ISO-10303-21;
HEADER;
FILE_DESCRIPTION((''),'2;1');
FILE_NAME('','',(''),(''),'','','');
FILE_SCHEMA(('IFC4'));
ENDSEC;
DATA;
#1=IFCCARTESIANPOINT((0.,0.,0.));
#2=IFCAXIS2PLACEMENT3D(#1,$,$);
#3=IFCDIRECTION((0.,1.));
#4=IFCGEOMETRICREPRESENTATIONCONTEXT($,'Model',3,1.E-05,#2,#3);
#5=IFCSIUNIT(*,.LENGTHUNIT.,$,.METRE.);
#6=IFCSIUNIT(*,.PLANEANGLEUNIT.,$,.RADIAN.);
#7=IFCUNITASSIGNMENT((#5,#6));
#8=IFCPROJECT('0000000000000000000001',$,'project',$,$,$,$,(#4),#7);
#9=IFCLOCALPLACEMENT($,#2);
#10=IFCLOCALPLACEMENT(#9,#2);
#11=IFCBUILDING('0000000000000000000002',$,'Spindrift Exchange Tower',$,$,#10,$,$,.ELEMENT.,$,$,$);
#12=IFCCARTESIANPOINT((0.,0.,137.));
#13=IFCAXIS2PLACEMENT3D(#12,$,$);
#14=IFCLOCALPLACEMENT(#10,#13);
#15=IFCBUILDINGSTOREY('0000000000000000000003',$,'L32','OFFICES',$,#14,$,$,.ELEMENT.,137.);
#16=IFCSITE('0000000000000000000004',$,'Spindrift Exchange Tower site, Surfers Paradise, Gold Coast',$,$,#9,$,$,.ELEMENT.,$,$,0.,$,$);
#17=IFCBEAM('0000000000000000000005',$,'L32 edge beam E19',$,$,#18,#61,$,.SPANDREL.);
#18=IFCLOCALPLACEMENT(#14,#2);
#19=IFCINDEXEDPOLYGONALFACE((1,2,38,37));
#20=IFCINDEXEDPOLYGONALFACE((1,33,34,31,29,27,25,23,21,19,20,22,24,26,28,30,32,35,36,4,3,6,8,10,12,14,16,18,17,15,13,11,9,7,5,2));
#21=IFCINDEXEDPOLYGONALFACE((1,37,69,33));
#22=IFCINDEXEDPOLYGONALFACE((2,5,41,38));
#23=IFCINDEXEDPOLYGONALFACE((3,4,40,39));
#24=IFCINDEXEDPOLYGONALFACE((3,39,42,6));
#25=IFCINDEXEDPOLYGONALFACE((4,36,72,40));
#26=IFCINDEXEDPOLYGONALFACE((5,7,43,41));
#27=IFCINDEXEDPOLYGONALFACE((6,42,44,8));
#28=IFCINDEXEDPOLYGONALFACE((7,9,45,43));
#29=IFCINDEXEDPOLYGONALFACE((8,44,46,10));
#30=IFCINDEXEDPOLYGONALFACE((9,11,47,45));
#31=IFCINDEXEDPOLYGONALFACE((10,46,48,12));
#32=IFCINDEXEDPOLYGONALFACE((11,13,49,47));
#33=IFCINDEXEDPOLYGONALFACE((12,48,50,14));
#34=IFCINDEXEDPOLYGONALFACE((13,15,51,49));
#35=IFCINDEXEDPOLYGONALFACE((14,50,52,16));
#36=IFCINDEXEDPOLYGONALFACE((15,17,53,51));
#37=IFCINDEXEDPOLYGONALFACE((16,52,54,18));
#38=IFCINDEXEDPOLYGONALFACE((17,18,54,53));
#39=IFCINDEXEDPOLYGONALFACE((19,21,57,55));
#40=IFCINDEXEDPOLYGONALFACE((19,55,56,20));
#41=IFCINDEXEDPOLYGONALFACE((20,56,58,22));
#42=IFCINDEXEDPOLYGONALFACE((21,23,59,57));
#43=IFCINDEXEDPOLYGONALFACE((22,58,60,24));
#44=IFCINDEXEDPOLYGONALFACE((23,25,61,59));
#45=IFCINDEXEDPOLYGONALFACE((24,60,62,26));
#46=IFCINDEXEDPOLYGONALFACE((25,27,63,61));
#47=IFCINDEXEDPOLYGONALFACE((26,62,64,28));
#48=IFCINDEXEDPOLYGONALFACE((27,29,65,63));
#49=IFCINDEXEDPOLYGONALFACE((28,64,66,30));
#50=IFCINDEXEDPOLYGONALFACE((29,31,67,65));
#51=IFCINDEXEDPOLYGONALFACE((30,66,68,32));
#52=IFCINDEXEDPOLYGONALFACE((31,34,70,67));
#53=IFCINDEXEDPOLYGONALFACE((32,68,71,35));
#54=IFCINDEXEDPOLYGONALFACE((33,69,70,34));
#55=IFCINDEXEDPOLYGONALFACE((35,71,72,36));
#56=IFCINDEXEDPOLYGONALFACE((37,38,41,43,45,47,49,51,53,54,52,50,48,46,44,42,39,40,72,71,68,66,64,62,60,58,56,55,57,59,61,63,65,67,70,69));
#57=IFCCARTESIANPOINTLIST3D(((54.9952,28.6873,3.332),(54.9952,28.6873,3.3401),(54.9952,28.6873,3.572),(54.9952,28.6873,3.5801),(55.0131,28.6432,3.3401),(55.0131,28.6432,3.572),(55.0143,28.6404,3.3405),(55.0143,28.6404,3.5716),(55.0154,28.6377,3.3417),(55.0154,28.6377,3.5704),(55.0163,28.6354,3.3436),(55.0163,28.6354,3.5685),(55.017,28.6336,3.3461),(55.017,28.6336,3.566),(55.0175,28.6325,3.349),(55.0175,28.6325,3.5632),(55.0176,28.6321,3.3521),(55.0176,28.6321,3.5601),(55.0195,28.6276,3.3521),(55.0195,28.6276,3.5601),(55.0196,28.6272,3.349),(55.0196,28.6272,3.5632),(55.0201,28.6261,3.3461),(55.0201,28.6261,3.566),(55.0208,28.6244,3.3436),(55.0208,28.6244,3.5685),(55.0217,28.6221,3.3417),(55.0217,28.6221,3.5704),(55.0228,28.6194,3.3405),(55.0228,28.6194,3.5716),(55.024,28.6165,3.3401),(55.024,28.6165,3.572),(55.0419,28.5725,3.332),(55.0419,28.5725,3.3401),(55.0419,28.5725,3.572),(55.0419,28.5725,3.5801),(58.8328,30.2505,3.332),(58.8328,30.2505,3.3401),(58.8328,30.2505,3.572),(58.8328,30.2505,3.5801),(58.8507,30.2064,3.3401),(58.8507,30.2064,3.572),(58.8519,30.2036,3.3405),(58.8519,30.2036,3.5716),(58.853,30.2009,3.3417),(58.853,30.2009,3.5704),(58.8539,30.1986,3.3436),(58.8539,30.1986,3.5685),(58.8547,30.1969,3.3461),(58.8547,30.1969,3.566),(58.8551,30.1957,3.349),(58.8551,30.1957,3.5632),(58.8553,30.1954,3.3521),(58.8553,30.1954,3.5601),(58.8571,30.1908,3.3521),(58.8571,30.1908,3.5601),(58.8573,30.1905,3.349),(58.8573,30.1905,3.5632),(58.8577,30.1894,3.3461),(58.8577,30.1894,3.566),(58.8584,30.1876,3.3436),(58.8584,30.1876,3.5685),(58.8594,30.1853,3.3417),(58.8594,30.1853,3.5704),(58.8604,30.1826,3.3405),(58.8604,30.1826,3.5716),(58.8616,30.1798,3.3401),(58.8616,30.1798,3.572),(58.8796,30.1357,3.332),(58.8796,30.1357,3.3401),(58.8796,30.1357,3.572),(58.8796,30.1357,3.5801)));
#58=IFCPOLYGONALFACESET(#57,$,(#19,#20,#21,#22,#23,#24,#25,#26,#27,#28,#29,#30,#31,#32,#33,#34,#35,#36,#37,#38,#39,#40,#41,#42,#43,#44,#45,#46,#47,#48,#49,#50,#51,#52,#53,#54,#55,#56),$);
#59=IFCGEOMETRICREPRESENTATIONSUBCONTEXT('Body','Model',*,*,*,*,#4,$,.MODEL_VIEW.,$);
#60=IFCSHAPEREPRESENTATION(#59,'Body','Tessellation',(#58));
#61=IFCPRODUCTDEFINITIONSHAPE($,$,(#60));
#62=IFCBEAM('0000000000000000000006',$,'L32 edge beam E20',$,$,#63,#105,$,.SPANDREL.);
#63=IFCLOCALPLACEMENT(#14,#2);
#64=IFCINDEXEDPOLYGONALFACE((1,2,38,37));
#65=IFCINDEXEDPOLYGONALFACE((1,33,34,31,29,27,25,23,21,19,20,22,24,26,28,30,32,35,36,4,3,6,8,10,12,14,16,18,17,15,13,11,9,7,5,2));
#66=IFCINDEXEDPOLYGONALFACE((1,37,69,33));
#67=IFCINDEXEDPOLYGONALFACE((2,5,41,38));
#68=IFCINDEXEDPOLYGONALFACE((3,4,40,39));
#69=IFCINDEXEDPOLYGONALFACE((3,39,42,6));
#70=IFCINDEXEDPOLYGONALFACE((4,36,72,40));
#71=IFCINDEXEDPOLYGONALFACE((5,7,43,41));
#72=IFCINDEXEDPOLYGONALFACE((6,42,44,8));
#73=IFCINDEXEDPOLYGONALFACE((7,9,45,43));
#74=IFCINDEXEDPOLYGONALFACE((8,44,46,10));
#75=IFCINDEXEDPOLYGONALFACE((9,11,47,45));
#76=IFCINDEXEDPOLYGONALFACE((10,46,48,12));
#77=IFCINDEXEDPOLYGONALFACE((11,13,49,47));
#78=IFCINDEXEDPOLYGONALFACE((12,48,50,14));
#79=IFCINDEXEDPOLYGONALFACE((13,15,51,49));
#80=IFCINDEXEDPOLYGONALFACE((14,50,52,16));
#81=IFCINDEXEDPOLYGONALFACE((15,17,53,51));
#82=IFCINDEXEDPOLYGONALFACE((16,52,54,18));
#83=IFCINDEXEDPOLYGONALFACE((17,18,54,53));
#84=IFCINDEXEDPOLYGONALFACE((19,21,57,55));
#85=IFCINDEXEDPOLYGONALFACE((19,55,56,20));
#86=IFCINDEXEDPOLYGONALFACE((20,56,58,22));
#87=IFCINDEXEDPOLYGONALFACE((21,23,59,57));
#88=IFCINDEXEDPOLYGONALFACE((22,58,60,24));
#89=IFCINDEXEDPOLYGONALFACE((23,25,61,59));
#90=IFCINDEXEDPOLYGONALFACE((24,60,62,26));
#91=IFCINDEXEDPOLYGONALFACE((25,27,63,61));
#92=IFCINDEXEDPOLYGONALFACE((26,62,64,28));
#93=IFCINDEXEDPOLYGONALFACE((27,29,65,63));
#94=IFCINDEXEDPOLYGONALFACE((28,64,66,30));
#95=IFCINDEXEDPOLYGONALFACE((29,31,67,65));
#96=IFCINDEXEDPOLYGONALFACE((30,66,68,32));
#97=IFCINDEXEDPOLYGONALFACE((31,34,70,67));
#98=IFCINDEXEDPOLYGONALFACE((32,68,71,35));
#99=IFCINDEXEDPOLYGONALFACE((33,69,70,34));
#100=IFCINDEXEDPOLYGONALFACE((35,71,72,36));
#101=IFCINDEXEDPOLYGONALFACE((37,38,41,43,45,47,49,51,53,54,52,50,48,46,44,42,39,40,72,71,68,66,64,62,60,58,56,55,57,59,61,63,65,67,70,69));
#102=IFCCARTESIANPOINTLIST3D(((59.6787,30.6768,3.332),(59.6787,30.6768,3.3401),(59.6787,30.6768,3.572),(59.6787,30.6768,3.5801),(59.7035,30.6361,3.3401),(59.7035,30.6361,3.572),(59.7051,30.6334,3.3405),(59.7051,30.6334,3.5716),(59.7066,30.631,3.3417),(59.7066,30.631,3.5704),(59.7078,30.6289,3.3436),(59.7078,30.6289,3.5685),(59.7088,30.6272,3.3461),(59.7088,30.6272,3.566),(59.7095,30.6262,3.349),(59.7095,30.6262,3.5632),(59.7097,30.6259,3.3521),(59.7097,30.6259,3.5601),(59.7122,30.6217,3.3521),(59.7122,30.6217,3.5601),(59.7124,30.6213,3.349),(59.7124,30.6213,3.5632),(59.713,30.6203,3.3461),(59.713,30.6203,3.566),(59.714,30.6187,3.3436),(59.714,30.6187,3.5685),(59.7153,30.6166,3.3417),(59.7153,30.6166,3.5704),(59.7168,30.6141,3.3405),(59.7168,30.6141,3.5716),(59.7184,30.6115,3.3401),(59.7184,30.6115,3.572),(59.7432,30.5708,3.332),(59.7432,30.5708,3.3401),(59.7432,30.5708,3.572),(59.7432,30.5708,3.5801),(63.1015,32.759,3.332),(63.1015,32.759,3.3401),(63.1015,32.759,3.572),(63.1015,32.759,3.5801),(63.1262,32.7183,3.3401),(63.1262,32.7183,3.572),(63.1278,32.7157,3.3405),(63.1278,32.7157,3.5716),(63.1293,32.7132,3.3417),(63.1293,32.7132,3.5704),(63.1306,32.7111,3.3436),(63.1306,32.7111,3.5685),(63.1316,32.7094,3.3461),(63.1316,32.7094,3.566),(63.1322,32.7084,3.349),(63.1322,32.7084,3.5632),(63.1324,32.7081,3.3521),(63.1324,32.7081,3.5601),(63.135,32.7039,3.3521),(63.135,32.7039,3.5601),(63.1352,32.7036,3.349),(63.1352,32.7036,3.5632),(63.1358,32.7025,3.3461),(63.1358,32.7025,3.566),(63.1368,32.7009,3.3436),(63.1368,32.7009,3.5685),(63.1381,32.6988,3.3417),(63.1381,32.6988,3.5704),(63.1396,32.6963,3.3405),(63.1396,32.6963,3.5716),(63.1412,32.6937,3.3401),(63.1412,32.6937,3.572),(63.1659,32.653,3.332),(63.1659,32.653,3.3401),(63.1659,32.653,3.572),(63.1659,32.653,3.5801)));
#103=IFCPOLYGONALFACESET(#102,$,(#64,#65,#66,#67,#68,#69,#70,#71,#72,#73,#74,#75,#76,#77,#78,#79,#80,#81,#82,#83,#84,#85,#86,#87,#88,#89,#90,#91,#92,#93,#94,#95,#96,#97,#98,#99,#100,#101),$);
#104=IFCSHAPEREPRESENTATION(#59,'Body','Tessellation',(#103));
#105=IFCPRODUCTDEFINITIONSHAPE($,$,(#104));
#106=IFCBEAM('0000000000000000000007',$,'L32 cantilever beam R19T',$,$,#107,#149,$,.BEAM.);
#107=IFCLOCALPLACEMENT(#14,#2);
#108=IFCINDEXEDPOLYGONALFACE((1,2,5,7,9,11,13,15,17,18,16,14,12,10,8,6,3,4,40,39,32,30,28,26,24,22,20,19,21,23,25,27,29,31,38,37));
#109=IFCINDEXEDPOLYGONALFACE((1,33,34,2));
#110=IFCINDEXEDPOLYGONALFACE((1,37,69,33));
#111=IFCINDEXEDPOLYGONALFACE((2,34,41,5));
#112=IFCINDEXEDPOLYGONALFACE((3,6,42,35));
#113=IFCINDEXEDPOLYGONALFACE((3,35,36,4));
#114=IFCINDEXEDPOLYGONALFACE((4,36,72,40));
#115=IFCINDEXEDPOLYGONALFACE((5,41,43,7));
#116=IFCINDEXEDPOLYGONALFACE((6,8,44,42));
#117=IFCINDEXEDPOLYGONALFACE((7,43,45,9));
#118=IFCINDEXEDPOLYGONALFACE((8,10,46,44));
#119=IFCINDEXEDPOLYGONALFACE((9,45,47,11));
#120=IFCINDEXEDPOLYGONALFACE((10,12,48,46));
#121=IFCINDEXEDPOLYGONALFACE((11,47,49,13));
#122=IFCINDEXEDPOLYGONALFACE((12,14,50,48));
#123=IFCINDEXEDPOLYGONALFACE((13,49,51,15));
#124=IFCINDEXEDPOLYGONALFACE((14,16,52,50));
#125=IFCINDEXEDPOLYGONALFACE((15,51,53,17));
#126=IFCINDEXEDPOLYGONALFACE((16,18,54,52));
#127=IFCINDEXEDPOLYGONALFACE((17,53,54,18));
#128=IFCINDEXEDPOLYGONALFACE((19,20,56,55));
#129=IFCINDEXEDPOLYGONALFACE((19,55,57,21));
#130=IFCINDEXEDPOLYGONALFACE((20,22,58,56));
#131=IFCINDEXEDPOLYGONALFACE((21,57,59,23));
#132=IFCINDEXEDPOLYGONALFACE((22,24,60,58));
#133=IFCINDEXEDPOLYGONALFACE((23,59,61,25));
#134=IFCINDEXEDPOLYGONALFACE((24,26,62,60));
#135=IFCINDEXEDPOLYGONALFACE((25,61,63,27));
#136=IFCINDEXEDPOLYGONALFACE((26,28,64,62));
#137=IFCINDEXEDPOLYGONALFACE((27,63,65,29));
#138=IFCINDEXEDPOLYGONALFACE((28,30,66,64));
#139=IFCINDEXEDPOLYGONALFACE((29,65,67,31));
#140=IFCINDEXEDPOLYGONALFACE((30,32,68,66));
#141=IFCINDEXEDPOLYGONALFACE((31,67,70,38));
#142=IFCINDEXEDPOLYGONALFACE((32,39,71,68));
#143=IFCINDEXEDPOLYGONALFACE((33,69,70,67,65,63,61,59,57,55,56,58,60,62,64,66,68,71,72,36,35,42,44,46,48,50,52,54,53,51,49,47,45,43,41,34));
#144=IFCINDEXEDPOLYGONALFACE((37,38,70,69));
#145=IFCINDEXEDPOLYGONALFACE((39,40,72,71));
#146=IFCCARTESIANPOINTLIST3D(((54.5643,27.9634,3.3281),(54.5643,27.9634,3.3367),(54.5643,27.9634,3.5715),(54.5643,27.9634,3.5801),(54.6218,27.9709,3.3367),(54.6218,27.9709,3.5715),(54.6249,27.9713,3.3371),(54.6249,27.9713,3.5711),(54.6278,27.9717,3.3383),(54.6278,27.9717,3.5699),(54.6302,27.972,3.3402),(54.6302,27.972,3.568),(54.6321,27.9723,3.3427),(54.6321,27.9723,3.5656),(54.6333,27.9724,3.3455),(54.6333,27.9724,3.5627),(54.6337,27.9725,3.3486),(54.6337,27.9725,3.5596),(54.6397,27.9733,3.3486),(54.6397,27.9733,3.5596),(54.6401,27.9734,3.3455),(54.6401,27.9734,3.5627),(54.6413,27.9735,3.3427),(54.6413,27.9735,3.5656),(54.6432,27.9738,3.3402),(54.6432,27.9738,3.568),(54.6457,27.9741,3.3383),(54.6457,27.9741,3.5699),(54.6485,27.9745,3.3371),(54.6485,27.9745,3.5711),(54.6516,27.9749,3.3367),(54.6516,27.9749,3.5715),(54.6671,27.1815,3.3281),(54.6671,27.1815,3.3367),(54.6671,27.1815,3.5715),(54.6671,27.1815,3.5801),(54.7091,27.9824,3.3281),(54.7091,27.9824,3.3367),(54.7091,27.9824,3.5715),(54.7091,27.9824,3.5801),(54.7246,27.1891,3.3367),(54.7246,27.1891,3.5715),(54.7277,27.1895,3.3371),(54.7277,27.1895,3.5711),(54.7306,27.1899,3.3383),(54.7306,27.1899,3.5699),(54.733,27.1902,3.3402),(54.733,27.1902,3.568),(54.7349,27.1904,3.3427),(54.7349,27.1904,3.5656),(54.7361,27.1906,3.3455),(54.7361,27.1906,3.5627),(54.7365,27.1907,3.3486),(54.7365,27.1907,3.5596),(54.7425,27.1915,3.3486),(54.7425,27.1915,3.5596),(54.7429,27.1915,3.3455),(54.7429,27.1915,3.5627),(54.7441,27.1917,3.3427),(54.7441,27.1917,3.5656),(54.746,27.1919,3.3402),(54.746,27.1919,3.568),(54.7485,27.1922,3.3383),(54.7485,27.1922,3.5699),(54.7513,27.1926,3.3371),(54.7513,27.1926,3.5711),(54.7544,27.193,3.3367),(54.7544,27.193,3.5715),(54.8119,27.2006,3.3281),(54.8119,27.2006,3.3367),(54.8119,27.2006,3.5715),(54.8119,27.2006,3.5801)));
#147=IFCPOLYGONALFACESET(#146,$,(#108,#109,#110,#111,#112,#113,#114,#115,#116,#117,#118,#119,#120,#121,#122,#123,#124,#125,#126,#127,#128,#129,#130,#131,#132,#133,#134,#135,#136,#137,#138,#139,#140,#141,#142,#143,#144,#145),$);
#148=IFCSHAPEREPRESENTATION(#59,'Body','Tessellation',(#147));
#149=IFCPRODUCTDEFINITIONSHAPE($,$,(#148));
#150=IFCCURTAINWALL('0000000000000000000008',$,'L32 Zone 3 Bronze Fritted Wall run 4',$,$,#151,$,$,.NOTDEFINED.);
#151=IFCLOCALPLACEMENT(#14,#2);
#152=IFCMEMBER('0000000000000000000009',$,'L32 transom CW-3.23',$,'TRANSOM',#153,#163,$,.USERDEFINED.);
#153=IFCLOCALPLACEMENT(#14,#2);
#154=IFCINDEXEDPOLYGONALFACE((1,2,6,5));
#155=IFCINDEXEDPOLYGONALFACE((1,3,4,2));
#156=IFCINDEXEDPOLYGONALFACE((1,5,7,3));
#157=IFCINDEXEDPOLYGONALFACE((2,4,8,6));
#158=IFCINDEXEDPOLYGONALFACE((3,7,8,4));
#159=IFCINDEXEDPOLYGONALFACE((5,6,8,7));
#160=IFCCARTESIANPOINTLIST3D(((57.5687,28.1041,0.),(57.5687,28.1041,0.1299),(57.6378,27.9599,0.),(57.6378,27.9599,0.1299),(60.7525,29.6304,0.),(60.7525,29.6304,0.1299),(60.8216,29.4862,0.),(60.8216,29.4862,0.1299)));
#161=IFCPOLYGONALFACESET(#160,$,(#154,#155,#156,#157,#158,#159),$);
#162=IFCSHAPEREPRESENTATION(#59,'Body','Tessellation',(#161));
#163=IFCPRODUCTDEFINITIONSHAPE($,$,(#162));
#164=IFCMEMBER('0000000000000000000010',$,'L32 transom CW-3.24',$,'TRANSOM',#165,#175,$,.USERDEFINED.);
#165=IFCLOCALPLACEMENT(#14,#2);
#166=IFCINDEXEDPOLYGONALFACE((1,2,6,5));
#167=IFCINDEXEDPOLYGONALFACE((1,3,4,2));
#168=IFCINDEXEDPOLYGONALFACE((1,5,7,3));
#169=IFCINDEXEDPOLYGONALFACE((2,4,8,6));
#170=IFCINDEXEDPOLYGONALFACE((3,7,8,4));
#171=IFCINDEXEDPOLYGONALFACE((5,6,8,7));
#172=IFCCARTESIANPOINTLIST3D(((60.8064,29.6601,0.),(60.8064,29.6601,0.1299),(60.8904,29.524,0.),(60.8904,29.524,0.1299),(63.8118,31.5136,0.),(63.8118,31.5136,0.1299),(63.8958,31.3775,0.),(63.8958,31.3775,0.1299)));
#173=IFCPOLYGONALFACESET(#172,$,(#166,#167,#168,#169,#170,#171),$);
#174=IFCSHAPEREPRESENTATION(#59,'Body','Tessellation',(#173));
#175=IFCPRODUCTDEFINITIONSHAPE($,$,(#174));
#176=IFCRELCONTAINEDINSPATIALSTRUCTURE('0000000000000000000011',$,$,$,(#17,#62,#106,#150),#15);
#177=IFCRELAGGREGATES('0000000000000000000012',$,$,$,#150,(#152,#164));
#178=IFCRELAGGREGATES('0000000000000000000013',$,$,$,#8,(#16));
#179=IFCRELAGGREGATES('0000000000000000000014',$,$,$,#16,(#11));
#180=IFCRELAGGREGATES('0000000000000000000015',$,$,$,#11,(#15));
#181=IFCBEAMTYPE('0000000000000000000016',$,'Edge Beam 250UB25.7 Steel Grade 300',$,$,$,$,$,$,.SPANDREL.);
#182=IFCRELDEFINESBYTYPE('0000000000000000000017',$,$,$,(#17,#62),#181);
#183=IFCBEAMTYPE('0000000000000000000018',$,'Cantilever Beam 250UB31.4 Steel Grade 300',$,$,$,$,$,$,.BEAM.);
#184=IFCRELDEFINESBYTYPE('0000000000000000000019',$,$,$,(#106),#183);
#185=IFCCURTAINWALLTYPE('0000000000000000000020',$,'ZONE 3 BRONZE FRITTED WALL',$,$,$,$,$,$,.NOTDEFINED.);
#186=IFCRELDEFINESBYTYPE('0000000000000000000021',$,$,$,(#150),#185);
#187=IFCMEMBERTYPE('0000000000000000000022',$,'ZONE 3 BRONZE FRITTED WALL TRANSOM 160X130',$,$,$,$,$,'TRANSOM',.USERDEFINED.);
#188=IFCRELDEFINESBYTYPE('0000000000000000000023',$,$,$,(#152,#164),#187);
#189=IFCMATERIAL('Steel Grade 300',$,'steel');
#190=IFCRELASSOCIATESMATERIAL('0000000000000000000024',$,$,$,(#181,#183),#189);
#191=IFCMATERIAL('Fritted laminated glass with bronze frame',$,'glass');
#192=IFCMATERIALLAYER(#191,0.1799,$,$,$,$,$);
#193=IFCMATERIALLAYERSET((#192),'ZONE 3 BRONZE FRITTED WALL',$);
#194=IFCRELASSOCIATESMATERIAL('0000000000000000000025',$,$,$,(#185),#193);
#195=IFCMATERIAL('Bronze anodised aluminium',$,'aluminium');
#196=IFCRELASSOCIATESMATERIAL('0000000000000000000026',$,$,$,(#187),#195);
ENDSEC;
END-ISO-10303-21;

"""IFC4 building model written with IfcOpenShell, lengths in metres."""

from ifc_helpers import new_model, si_unit, direction, frame, origin, origin_2d, place, context, subcontext, project, spatial, rectangle, i_section, extrude, source, transform, mapped, material, layer, layer_set, material_profile, profile_set, type_object, element, aggregate, save


model = new_model("IFC4")

# Units and contexts
model_context = context("Model", 3, precision=1e-05, world=origin(), true_north=direction((0.0, 1.0)))
body_context = subcontext(model_context, "Body", "Model", "MODEL_VIEW")
ifc_project = project(units=[si_unit("LENGTHUNIT", "METRE"), si_unit("PLANEANGLEUNIT", "RADIAN")], contexts=[model_context])

# Site, building, storey
site_placement = place(None, origin())
site = spatial("IfcSite", under=ifc_project, at=site_placement, Name="Spindrift Exchange Tower site, Surfers Paradise, Gold Coast", CompositionType="ELEMENT", RefElevation=0.0)
building_placement = place(site_placement, origin())
building = spatial("IfcBuilding", under=site, at=building_placement, Name="Spindrift Exchange Tower", CompositionType="ELEMENT")
storey_placement = place(building_placement, frame((0.0, 0.0, 137.0)))
storey = spatial("IfcBuildingStorey", under=building, at=storey_placement, Name="L32", Description="OFFICES", CompositionType="ELEMENT", Elevation=137.0)

# Beams
ifc_material_1 = material(Name="Steel Grade 300", Category="steel")
ifc_material_profile_1 = material_profile(ifc_material_1, i_section(OverallWidth=0.124, OverallDepth=0.248, WebThickness=0.0049, FlangeThickness=0.0081, FilletRadius=0.012, at=origin_2d()), Name="250UB25.7")
ifc_profile_set_1 = profile_set([ifc_material_profile_1], Name="Steel Grade 300")
beam_type_1 = type_object("IfcBeamType", Name="Edge Beam 250UB25.7 Steel Grade 300", PredefinedType="SPANDREL", material=ifc_profile_set_1)
shared_shape_1 = source(origin(), body_context, "Body", "SweptSolid", [
    extrude(i_section(OverallWidth=0.124, OverallDepth=0.248, WebThickness=0.0049, FlangeThickness=0.0081, FilletRadius=0.012, at=origin_2d()), origin(), (0.0, 0.0, 1.0), 4.1438),
])
beam_1_placement = place(storey_placement, frame((55.0186, 28.6299, 3.4561), z_axis=(0.926114, 0.377244, 0.0), x_axis=(-0.377244, 0.926114, 0.0)))
element("IfcBeam", 1, at=beam_1_placement, inside=storey, type_object=beam_type_1, Name="L32 edge beam E19", PredefinedType="SPANDREL", context=body_context, shape_type="MappedRepresentation", body=[
    mapped(shared_shape_1, transform((0.0, 0.0, 0.0), scale=1.0)),
])
shared_shape_2 = source(origin(), body_context, "Body", "SweptSolid", [
    extrude(i_section(OverallWidth=0.124, OverallDepth=0.248, WebThickness=0.0049, FlangeThickness=0.0081, FilletRadius=0.012, at=origin_2d()), origin(), (0.0, 0.0, 1.0), 4.0063),
])
beam_2_placement = place(storey_placement, frame((59.7109, 30.6238, 3.4561), z_axis=(0.854331, 0.519728, 0.0), x_axis=(-0.519728, 0.854331, 0.0)))
element("IfcBeam", 2, at=beam_2_placement, inside=storey, type_object=beam_type_1, Name="L32 edge beam E20", PredefinedType="SPANDREL", context=body_context, shape_type="MappedRepresentation", body=[
    mapped(shared_shape_2, transform((0.0, 0.0, 0.0), scale=1.0)),
])
ifc_material_profile_2 = material_profile(ifc_material_1, i_section(OverallWidth=0.146, OverallDepth=0.252, WebThickness=0.0061, FlangeThickness=0.0085, FilletRadius=0.012, at=origin_2d()), Name="250UB31.4")
ifc_profile_set_2 = profile_set([ifc_material_profile_2], Name="Steel Grade 300")
beam_type_2 = type_object("IfcBeamType", Name="Cantilever Beam 250UB31.4 Steel Grade 300", PredefinedType="BEAM", material=ifc_profile_set_2)
shared_shape_3 = source(origin(), body_context, "Body", "SweptSolid", [
    extrude(i_section(OverallWidth=0.146, OverallDepth=0.252, WebThickness=0.0061, FlangeThickness=0.0085, FilletRadius=0.012, at=origin_2d()), origin(), (0.0, 0.0, 1.0), 0.7886),
])
beam_3_placement = place(storey_placement, frame((54.6367, 27.9729, 3.4541), z_axis=(0.130358, -0.991467, 0.0), x_axis=(0.991467, 0.130358, 0.0)))
element("IfcBeam", 3, at=beam_3_placement, inside=storey, type_object=beam_type_2, Name="L32 cantilever beam R19T", PredefinedType="BEAM", context=body_context, shape_type="MappedRepresentation", body=[
    mapped(shared_shape_3, transform((0.0, 0.0, 0.0), scale=1.0)),
])

# Curtain wall, members
ifc_material_2 = material(Name="Fritted laminated glass with bronze frame", Category="glass")
ifc_layer_1 = layer(ifc_material_2, 0.1799)
ifc_layer_set_1 = layer_set([ifc_layer_1], Name="ZONE 3 BRONZE FRITTED WALL")
curtain_wall_type = type_object("IfcCurtainWallType", Name="ZONE 3 BRONZE FRITTED WALL", PredefinedType="NOTDEFINED", material=ifc_layer_set_1)
curtain_wall_placement = place(storey_placement, origin())
curtain_wall = element("IfcCurtainWall", 4, at=curtain_wall_placement, inside=storey, type_object=curtain_wall_type, Name="L32 Zone 3 Bronze Fritted Wall run 4", PredefinedType="NOTDEFINED")
ifc_material_3 = material(Name="Bronze anodised aluminium", Category="aluminium")
ifc_material_profile_3 = material_profile(ifc_material_3, rectangle(XDim=0.1599, YDim=0.1299, at=origin_2d()), Name="ZONE 3 BRONZE FRITTED WALL TRANSOM 160X130")
ifc_profile_set_3 = profile_set([ifc_material_profile_3], Name="Bronze anodised aluminium")
member_type_1 = type_object("IfcMemberType", Name="ZONE 3 BRONZE FRITTED WALL TRANSOM 160X130", ElementType="TRANSOM", PredefinedType="USERDEFINED", material=ifc_profile_set_3)
shared_shape_4 = source(origin(), body_context, "Body", "SweptSolid", [
    extrude(rectangle(XDim=0.1599, YDim=0.1299, at=origin_2d()), origin(), (0.0, 0.0, 1.0), 3.5308),
])
member_1_placement = place(storey_placement, frame((57.6033, 28.032, 0.0649), z_axis=(0.90173, 0.432299, 0.0), x_axis=(-0.432299, 0.90173, 0.0)))
member_1 = element("IfcMember", 5, at=member_1_placement, type_object=member_type_1, Name="L32 transom CW-3.23", ObjectType="TRANSOM", PredefinedType="USERDEFINED", context=body_context, shape_type="MappedRepresentation", body=[
    mapped(shared_shape_4, transform((0.0, 0.0, 0.0), scale=1.0)),
])
shared_shape_5 = source(origin(), body_context, "Body", "SweptSolid", [
    extrude(rectangle(XDim=0.1599, YDim=0.1299, at=origin_2d()), origin(), (0.0, 0.0, 1.0), 3.531),
])
member_2_placement = place(storey_placement, frame((60.8484, 29.592, 0.0649), z_axis=(0.851145, 0.52493, 0.0), x_axis=(-0.52493, 0.851145, 0.0)))
member_2 = element("IfcMember", 6, at=member_2_placement, type_object=member_type_1, Name="L32 transom CW-3.24", ObjectType="TRANSOM", PredefinedType="USERDEFINED", context=body_context, shape_type="MappedRepresentation", body=[
    mapped(shared_shape_5, transform((0.0, 0.0, 0.0), scale=1.0)),
])
aggregate(curtain_wall, [member_1, member_2])

save(model, "model.ifc")
